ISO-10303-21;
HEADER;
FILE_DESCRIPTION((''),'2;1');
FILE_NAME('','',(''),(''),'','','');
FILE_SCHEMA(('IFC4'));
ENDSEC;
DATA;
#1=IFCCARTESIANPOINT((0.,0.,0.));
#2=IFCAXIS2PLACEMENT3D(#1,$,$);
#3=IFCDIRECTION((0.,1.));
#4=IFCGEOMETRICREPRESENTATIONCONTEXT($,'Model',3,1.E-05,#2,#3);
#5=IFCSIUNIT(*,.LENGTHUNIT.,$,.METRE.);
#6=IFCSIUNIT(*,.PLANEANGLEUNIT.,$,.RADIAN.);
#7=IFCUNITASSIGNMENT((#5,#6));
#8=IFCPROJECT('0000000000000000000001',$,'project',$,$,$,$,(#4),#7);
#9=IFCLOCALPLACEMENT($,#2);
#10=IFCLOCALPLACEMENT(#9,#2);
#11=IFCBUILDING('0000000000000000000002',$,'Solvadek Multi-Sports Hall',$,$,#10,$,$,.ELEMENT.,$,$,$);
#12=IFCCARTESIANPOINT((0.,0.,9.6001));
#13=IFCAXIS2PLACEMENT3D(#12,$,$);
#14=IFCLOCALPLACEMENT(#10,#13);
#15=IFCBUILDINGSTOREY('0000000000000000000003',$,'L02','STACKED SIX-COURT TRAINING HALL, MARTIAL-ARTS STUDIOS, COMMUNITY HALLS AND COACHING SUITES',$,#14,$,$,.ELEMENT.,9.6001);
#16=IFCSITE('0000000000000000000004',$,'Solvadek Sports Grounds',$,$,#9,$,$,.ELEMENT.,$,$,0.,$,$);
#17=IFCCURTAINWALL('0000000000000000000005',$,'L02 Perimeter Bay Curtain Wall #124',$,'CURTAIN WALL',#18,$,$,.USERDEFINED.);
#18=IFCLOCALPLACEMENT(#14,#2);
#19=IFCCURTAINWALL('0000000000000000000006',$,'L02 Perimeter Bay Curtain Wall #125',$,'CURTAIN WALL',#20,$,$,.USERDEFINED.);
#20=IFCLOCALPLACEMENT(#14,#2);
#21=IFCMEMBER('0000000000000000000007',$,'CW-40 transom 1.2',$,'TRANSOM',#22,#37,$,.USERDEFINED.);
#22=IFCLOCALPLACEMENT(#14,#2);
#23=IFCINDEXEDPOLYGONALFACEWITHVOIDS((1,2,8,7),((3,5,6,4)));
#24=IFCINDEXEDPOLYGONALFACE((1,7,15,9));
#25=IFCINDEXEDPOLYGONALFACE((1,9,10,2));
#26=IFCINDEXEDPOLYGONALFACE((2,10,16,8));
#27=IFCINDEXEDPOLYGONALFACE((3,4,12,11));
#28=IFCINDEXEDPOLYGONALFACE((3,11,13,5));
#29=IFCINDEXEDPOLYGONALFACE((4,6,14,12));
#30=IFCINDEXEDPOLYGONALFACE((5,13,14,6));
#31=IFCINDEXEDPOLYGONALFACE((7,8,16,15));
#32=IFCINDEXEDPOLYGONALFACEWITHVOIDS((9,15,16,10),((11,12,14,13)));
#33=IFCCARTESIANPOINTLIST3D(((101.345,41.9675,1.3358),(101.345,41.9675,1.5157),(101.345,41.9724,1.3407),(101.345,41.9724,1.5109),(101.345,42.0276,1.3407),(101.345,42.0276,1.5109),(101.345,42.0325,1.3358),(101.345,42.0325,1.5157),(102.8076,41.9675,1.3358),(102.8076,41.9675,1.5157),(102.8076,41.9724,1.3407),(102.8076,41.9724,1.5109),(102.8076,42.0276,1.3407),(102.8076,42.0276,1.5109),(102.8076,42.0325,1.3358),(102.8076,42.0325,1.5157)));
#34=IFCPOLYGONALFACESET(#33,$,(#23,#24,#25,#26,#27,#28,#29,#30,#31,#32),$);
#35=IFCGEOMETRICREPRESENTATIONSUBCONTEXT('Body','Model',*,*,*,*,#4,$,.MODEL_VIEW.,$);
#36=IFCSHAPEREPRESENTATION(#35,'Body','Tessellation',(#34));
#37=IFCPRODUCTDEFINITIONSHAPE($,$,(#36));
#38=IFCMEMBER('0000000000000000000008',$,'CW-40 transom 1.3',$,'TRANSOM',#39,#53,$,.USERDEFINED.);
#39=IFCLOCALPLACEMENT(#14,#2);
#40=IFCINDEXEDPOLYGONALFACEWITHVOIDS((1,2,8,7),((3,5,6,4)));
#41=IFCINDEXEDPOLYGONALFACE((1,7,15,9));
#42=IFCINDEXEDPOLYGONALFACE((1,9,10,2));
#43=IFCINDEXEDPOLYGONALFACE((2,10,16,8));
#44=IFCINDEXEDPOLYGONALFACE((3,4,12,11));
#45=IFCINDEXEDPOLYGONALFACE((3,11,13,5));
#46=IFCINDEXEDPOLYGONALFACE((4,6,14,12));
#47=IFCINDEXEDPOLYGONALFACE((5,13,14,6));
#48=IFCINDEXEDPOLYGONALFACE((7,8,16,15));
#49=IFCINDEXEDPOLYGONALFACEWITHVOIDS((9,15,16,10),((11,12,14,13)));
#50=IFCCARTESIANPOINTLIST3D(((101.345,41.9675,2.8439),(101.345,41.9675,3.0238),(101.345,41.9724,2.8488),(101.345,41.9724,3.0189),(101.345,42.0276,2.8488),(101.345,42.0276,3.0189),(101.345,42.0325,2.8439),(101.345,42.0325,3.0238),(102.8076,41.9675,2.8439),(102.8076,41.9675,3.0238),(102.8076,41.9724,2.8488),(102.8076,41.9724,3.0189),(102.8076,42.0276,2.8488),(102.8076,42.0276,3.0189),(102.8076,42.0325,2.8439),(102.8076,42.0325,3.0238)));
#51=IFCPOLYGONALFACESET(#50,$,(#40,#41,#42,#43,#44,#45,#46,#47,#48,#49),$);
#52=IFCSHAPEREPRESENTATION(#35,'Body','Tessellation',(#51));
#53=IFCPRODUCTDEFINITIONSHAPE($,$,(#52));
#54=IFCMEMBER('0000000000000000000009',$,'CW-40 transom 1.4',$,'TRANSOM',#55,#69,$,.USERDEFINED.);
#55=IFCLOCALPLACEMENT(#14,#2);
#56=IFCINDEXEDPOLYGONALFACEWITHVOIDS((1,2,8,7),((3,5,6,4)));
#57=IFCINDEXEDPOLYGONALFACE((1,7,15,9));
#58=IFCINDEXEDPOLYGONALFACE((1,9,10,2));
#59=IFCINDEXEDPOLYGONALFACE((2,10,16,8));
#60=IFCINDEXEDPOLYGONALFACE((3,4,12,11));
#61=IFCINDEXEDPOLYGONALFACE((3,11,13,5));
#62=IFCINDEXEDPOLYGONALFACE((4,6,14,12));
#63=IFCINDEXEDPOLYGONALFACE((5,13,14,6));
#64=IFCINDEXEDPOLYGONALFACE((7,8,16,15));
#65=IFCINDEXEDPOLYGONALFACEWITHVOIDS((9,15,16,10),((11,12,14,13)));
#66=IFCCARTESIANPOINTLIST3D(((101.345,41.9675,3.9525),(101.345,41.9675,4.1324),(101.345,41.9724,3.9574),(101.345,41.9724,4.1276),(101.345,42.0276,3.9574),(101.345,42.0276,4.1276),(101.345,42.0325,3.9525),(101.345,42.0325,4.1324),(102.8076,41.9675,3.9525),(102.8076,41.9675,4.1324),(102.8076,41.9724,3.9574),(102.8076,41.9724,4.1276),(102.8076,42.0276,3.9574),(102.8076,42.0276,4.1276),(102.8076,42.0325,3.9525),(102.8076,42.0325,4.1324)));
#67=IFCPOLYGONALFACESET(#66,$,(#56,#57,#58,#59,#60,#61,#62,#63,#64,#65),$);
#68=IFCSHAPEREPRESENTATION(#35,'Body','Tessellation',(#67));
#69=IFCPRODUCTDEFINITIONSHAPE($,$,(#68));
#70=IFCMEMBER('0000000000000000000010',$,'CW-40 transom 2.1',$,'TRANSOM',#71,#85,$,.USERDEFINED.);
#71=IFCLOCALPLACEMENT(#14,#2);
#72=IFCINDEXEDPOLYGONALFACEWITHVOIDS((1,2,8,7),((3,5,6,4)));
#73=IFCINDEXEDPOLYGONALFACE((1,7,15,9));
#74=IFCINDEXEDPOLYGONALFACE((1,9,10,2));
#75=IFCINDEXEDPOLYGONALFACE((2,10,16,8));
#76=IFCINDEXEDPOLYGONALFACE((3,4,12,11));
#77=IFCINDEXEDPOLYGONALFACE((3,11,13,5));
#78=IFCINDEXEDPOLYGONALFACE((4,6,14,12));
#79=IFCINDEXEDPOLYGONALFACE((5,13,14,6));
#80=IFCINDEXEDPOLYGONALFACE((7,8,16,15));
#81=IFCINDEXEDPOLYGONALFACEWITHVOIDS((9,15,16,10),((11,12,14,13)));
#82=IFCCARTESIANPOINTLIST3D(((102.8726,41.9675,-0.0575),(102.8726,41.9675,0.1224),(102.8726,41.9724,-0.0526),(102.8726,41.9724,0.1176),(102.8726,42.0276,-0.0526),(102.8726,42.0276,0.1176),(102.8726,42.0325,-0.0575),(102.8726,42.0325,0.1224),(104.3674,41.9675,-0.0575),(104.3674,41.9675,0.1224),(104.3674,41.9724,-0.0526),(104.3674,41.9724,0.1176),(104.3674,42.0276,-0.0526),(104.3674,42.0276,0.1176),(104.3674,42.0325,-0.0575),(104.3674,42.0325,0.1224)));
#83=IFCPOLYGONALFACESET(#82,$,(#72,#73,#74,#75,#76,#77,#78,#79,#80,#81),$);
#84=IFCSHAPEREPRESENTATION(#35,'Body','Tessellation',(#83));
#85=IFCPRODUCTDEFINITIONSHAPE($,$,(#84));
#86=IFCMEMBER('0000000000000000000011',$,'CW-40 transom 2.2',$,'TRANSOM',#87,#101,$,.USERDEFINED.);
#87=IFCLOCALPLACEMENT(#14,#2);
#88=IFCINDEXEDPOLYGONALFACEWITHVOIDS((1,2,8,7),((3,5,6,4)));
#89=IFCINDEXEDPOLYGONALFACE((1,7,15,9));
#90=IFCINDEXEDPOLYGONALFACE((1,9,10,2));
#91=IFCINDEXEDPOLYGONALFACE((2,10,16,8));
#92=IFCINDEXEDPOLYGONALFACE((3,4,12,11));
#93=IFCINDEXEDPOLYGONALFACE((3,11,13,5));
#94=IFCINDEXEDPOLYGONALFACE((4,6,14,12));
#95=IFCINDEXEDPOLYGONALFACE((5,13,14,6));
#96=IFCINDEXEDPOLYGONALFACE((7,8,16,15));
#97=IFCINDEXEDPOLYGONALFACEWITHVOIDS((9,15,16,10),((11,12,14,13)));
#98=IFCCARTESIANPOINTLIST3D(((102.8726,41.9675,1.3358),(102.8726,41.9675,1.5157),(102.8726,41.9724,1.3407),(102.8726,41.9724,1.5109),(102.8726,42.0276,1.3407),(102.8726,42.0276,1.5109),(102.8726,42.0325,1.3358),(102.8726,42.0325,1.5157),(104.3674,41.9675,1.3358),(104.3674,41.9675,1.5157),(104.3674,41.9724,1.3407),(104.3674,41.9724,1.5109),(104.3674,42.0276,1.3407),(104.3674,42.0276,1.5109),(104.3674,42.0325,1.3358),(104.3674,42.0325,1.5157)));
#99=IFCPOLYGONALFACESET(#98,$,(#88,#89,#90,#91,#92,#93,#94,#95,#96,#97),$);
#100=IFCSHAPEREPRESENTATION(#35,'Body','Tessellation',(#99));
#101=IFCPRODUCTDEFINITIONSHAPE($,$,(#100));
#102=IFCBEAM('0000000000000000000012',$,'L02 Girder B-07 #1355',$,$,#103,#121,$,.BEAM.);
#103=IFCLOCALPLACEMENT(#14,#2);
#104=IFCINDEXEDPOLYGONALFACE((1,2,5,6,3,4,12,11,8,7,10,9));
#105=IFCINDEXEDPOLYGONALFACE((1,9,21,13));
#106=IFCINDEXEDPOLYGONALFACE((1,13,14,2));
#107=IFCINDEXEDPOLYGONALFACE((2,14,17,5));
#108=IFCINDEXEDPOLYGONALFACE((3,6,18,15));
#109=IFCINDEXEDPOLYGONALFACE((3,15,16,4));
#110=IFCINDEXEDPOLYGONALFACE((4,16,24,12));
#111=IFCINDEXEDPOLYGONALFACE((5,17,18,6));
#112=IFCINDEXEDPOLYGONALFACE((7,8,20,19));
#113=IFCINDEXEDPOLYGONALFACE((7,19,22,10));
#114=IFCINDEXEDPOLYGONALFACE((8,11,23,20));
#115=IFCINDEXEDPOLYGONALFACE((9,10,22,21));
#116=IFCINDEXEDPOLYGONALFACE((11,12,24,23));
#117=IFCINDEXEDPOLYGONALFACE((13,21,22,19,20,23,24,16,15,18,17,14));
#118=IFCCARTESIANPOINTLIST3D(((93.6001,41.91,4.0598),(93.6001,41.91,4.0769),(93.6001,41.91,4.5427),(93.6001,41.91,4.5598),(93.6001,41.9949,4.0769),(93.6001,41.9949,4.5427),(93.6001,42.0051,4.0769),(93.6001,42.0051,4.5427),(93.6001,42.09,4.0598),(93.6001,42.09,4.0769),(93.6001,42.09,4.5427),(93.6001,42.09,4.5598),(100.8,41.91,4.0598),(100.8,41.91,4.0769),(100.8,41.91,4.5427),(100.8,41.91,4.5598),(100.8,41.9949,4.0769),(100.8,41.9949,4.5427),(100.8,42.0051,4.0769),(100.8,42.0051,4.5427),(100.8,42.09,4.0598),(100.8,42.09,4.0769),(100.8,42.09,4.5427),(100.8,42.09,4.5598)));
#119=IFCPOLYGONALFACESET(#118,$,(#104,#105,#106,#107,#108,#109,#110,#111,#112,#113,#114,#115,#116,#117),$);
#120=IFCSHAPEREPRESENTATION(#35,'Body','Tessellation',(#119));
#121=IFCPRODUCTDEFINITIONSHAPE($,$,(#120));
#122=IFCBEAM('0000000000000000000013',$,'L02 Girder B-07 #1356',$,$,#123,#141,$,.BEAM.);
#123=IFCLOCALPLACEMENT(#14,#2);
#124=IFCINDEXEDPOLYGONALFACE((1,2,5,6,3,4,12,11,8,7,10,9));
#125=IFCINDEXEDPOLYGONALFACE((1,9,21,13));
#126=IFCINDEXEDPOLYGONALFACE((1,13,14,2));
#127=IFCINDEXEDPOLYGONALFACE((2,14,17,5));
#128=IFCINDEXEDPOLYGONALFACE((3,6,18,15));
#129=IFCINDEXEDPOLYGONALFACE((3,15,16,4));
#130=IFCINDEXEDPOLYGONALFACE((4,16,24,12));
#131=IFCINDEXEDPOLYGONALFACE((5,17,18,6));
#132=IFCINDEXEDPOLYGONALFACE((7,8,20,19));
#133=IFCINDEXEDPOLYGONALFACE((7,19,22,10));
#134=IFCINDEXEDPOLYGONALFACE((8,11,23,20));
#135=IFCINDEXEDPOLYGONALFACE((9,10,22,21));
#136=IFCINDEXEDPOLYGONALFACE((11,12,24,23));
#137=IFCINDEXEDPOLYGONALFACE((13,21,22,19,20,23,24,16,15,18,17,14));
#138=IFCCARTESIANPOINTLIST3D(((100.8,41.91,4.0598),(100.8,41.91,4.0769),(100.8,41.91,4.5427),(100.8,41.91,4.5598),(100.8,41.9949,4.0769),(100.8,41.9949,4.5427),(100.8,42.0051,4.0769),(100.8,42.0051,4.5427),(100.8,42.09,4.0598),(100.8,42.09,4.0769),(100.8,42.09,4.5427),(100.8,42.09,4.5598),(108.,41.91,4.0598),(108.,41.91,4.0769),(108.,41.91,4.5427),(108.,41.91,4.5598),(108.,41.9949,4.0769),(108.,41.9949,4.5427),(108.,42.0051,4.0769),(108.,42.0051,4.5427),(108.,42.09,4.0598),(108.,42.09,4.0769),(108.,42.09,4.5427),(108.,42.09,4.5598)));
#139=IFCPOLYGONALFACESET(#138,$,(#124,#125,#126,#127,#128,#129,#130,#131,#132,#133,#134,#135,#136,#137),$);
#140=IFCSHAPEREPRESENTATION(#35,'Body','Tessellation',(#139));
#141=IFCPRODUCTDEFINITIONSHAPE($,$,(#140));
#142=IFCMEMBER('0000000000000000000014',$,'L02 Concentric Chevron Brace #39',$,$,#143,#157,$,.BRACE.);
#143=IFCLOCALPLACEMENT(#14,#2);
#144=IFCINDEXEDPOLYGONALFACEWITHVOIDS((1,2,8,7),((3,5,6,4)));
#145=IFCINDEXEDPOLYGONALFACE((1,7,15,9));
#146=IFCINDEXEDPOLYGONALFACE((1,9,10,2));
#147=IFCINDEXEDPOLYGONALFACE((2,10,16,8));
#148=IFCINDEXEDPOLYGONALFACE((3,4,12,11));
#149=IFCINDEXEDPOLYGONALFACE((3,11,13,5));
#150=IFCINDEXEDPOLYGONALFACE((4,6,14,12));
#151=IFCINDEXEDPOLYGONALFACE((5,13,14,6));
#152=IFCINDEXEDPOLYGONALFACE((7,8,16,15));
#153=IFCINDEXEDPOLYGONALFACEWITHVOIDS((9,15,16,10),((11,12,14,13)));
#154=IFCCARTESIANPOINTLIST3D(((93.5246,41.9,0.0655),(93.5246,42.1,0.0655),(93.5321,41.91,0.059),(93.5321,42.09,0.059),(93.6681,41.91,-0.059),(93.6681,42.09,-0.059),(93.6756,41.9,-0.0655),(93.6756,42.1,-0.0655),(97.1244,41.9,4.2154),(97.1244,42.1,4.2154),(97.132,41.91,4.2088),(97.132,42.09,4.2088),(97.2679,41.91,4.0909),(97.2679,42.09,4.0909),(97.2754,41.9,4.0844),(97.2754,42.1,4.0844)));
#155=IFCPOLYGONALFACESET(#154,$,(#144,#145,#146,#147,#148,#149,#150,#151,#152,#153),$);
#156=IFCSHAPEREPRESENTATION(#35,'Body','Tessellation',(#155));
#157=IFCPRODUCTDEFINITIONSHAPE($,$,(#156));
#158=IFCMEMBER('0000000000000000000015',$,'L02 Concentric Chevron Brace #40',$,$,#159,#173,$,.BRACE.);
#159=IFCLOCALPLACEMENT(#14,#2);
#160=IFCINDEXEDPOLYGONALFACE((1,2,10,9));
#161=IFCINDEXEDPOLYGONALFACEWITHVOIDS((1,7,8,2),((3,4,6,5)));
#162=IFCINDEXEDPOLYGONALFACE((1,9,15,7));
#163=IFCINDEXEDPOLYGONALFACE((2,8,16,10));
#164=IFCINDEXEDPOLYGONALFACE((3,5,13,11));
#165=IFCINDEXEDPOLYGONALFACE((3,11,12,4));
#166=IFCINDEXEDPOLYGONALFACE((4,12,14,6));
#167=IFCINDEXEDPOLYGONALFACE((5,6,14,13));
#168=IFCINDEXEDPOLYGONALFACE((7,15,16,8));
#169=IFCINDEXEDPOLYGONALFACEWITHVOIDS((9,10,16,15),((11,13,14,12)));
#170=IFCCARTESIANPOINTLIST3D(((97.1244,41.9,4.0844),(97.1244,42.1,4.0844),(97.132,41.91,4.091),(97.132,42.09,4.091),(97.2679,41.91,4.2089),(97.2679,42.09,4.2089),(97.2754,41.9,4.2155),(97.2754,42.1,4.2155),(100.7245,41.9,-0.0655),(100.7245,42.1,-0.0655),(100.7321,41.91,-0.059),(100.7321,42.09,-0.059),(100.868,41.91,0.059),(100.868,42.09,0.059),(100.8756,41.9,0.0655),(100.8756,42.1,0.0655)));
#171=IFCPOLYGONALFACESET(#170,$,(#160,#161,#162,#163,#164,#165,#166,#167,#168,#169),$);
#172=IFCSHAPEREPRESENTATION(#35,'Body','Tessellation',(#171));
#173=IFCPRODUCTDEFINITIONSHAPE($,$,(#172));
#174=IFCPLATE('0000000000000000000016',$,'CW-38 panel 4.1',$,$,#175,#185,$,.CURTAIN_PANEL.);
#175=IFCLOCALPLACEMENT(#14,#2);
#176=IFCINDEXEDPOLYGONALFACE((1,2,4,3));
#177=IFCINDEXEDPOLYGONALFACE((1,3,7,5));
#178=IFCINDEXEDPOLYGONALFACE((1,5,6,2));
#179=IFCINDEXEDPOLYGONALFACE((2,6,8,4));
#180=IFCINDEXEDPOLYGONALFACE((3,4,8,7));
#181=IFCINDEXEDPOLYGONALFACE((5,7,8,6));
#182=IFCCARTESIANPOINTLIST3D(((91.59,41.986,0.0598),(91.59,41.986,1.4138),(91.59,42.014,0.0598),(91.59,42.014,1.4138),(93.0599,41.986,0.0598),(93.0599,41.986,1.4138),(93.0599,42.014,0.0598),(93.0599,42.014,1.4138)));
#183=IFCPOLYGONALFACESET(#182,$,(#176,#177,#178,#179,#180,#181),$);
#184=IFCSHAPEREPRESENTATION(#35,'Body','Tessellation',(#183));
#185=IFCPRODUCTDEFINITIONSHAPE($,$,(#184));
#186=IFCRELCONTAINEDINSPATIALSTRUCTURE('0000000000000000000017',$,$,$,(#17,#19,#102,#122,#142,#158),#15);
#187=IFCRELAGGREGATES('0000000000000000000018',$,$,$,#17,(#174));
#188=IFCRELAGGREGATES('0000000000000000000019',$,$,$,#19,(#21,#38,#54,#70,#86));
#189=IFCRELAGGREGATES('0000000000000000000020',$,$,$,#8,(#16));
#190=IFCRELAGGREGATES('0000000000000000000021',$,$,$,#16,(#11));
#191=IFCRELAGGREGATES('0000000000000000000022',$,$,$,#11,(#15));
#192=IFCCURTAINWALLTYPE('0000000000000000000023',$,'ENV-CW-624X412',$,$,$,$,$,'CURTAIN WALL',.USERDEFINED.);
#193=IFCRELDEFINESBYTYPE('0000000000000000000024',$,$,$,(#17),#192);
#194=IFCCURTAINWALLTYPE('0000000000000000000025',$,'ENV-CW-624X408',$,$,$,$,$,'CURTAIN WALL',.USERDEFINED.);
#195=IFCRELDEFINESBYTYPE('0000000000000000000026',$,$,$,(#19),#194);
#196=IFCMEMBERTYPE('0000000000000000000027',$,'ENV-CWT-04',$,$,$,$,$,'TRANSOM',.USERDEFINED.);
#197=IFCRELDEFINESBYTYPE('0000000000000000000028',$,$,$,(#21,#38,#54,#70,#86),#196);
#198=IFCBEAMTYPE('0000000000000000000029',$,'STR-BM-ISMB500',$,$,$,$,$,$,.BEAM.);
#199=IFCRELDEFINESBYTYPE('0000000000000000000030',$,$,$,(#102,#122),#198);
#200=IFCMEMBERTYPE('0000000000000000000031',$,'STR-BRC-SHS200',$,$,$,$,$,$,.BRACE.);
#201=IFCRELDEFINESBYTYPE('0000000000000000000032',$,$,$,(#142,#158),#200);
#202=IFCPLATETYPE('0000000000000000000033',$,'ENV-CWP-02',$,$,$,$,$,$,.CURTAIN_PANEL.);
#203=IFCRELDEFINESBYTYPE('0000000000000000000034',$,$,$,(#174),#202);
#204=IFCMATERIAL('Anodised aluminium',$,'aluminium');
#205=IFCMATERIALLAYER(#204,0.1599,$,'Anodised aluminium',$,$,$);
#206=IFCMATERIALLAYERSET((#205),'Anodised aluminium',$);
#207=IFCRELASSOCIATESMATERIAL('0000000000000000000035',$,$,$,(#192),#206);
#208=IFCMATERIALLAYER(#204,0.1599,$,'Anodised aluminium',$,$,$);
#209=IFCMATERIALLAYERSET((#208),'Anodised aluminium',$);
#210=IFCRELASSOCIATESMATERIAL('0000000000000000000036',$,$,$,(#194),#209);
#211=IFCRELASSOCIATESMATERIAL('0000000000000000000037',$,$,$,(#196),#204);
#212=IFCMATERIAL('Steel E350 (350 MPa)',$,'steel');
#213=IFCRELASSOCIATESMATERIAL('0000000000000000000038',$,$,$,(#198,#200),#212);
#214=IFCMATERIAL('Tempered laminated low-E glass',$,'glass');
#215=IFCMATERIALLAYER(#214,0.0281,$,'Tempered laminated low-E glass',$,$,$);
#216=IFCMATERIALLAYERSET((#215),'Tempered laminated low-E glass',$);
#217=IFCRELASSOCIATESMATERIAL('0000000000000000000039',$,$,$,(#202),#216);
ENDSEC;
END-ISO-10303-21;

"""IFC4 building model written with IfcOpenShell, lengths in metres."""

from ifc_helpers import new_model, si_unit, direction, frame, origin, origin_2d, place, context, subcontext, project, spatial, rectangle, hollow_rectangle, i_section, extrude, material, layer, layer_set, material_profile, profile_set, type_object, element, aggregate, save


model = new_model("IFC4")

# Units and contexts
model_context = context("Model", 3, precision=1e-05, world=origin(), true_north=direction((0.0, 1.0)))
body_context = subcontext(model_context, "Body", "Model", "MODEL_VIEW")
ifc_project = project(units=[si_unit("LENGTHUNIT", "METRE"), si_unit("PLANEANGLEUNIT", "RADIAN")], contexts=[model_context])

# Site, building, storey
site_placement = place(None, origin())
site = spatial("IfcSite", under=ifc_project, at=site_placement, Name="Solvadek Sports Grounds", CompositionType="ELEMENT", RefElevation=0.0)
building_placement = place(site_placement, origin())
building = spatial("IfcBuilding", under=site, at=building_placement, Name="Solvadek Multi-Sports Hall", CompositionType="ELEMENT")
storey_placement = place(building_placement, frame((0.0, 0.0, 9.6001)))
storey = spatial("IfcBuildingStorey", under=building, at=storey_placement, Name="L02", Description="STACKED SIX-COURT TRAINING HALL, MARTIAL-ARTS STUDIOS, COMMUNITY HALLS AND COACHING SUITES", CompositionType="ELEMENT", Elevation=9.6001)

# Shared definitions
ifc_material_1 = material(Name="Steel E350 (350 MPa)", Category="steel")

# Curtain wall
ifc_material_2 = material(Name="Anodised aluminium", Category="aluminium")
ifc_layer_1 = layer(ifc_material_2, 0.1599, Name="Anodised aluminium")
ifc_layer_set_1 = layer_set([ifc_layer_1], Name="Anodised aluminium")
curtain_wall_type_1 = type_object("IfcCurtainWallType", Name="ENV-CW-624X412", ElementType="CURTAIN WALL", PredefinedType="USERDEFINED", material=ifc_layer_set_1)
curtain_wall_1_placement = place(storey_placement, origin())
curtain_wall_1 = element("IfcCurtainWall", 1, at=curtain_wall_1_placement, inside=storey, type_object=curtain_wall_type_1, Name="L02 Perimeter Bay Curtain Wall #124", ObjectType="CURTAIN WALL", PredefinedType="USERDEFINED")

# Curtain wall
ifc_layer_2 = layer(ifc_material_2, 0.1599, Name="Anodised aluminium")
ifc_layer_set_2 = layer_set([ifc_layer_2], Name="Anodised aluminium")
curtain_wall_type_2 = type_object("IfcCurtainWallType", Name="ENV-CW-624X408", ElementType="CURTAIN WALL", PredefinedType="USERDEFINED", material=ifc_layer_set_2)
curtain_wall_2_placement = place(storey_placement, origin())
curtain_wall_2 = element("IfcCurtainWall", 2, at=curtain_wall_2_placement, inside=storey, type_object=curtain_wall_type_2, Name="L02 Perimeter Bay Curtain Wall #125", ObjectType="CURTAIN WALL", PredefinedType="USERDEFINED")

# Members
ifc_material_profile_1 = material_profile(ifc_material_2, hollow_rectangle(XDim=0.0649, YDim=0.1799, WallThickness=0.0049, at=origin_2d()), Name="ALU-T 180x65x5")
ifc_profile_set_1 = profile_set([ifc_material_profile_1], Name="Anodised aluminium")
member_type_1 = type_object("IfcMemberType", Name="ENV-CWT-04", ElementType="TRANSOM", PredefinedType="USERDEFINED", material=ifc_profile_set_1)
member_1_placement = place(storey_placement, frame((101.345, 42.0, 1.4258), z_axis=(1.0, 0.0, 0.0), x_axis=(0.0, 1.0, 0.0)))
member_1 = element("IfcMember", 3, at=member_1_placement, type_object=member_type_1, Name="CW-40 transom 1.2", ObjectType="TRANSOM", PredefinedType="USERDEFINED", context=body_context, shape_type="SweptSolid", body=[
    extrude(hollow_rectangle(XDim=0.0649, YDim=0.1799, WallThickness=0.0049, at=origin_2d()), origin(), (0.0, 0.0, 1.0), 1.4626),
])
member_2_placement = place(storey_placement, frame((101.345, 42.0, 2.9338), z_axis=(1.0, 0.0, 0.0), x_axis=(0.0, 1.0, 0.0)))
member_2 = element("IfcMember", 4, at=member_2_placement, type_object=member_type_1, Name="CW-40 transom 1.3", ObjectType="TRANSOM", PredefinedType="USERDEFINED", context=body_context, shape_type="SweptSolid", body=[
    extrude(hollow_rectangle(XDim=0.0649, YDim=0.1799, WallThickness=0.0049, at=origin_2d()), origin(), (0.0, 0.0, 1.0), 1.4626),
])
member_3_placement = place(storey_placement, frame((101.345, 42.0, 4.0425), z_axis=(1.0, 0.0, 0.0), x_axis=(0.0, 1.0, 0.0)))
member_3 = element("IfcMember", 5, at=member_3_placement, type_object=member_type_1, Name="CW-40 transom 1.4", ObjectType="TRANSOM", PredefinedType="USERDEFINED", context=body_context, shape_type="SweptSolid", body=[
    extrude(hollow_rectangle(XDim=0.0649, YDim=0.1799, WallThickness=0.0049, at=origin_2d()), origin(), (0.0, 0.0, 1.0), 1.4626),
])
member_4_placement = place(storey_placement, frame((102.8726, 42.0, 0.0325), z_axis=(1.0, 0.0, 0.0), x_axis=(0.0, 1.0, 0.0)))
member_4 = element("IfcMember", 6, at=member_4_placement, type_object=member_type_1, Name="CW-40 transom 2.1", ObjectType="TRANSOM", PredefinedType="USERDEFINED", context=body_context, shape_type="SweptSolid", body=[
    extrude(hollow_rectangle(XDim=0.0649, YDim=0.1799, WallThickness=0.0049, at=origin_2d()), origin(), (0.0, 0.0, 1.0), 1.4949),
])
member_5_placement = place(storey_placement, frame((102.8726, 42.0, 1.4258), z_axis=(1.0, 0.0, 0.0), x_axis=(0.0, 1.0, 0.0)))
member_5 = element("IfcMember", 7, at=member_5_placement, type_object=member_type_1, Name="CW-40 transom 2.2", ObjectType="TRANSOM", PredefinedType="USERDEFINED", context=body_context, shape_type="SweptSolid", body=[
    extrude(hollow_rectangle(XDim=0.0649, YDim=0.1799, WallThickness=0.0049, at=origin_2d()), origin(), (0.0, 0.0, 1.0), 1.4949),
])

# Beams
ifc_material_profile_2 = material_profile(ifc_material_1, i_section(OverallWidth=0.1799, OverallDepth=0.5, WebThickness=0.0103, FlangeThickness=0.0171, at=origin_2d()), Name="ISMB 500")
ifc_profile_set_2 = profile_set([ifc_material_profile_2], Name="Steel E350 (350 MPa)")
beam_type = type_object("IfcBeamType", Name="STR-BM-ISMB500", PredefinedType="BEAM", material=ifc_profile_set_2)
for number, where, z_axis, x_axis, name in (
    (8, (93.6001, 42.0, 4.3098), (1.0, 0.0, 0.0), (0.0, 1.0, 0.0), "L02 Girder B-07 #1355"),
    (9, (100.8, 42.0, 4.3098), (1.0, 0.0, 0.0), (0.0, 1.0, 0.0), "L02 Girder B-07 #1356"),
):
    element("IfcBeam", number, at=place(storey_placement, frame(where, z_axis=z_axis, x_axis=x_axis)), inside=storey, type_object=beam_type, Name=name, PredefinedType="BEAM", context=body_context, shape_type="SweptSolid", body=[
        extrude(i_section(OverallWidth=0.1799, OverallDepth=0.5, WebThickness=0.0103, FlangeThickness=0.0171, at=origin_2d()), origin(), (0.0, 0.0, 1.0), 7.2),
    ])

# Members
ifc_material_profile_3 = material_profile(ifc_material_1, hollow_rectangle(XDim=0.2, YDim=0.2, WallThickness=0.01, at=origin_2d()), Name="SHS 200x200x10")
ifc_profile_set_3 = profile_set([ifc_material_profile_3], Name="Steel E350 (350 MPa)")
member_type_2 = type_object("IfcMemberType", Name="STR-BRC-SHS200", PredefinedType="BRACE", material=ifc_profile_set_3)
member_6_placement = place(storey_placement, frame((93.6001, 42.0, 0.0), z_axis=(0.655271, 0.0, 0.755394), x_axis=(0.0, 1.0, 0.0)))
element("IfcMember", 10, at=member_6_placement, inside=storey, type_object=member_type_2, Name="L02 Concentric Chevron Brace #39", PredefinedType="BRACE", context=body_context, shape_type="SweptSolid", body=[
    extrude(hollow_rectangle(XDim=0.2, YDim=0.2, WallThickness=0.01, at=origin_2d()), origin(), (0.0, 0.0, 1.0), 5.4937),
])
member_7_placement = place(storey_placement, frame((100.8, 42.0, 0.0), z_axis=(-0.655296, 0.0, 0.755372), x_axis=(0.0, -1.0, 0.0)))
element("IfcMember", 11, at=member_7_placement, inside=storey, type_object=member_type_2, Name="L02 Concentric Chevron Brace #40", PredefinedType="BRACE", context=body_context, shape_type="SweptSolid", body=[
    extrude(hollow_rectangle(XDim=0.2, YDim=0.2, WallThickness=0.01, at=origin_2d()), origin(), (0.0, 0.0, 1.0), 5.4939),
])

# Plate
ifc_material_3 = material(Name="Tempered laminated low-E glass", Category="glass")
ifc_layer_3 = layer(ifc_material_3, 0.0281, Name="Tempered laminated low-E glass")
ifc_layer_set_3 = layer_set([ifc_layer_3], Name="Tempered laminated low-E glass")
plate_type_1 = type_object("IfcPlateType", Name="ENV-CWP-02", PredefinedType="CURTAIN_PANEL", material=ifc_layer_set_3)
plate_1_placement = place(storey_placement, frame((92.325, 42.0, 0.0598), z_axis=(0.0, 0.0, 1.0), x_axis=(1.0, 0.0, 0.0)))
plate_1 = element("IfcPlate", 12, at=plate_1_placement, type_object=plate_type_1, Name="CW-38 panel 4.1", PredefinedType="CURTAIN_PANEL", context=body_context, shape_type="SweptSolid", body=[
    extrude(rectangle(XDim=1.47, YDim=0.0281, at=origin_2d()), origin(), (0.0, 0.0, 1.0), 1.354),
])
aggregate(curtain_wall_1, [plate_1])
aggregate(curtain_wall_2, [member_1, member_2, member_3, member_4, member_5])

save(model, "model.ifc")
